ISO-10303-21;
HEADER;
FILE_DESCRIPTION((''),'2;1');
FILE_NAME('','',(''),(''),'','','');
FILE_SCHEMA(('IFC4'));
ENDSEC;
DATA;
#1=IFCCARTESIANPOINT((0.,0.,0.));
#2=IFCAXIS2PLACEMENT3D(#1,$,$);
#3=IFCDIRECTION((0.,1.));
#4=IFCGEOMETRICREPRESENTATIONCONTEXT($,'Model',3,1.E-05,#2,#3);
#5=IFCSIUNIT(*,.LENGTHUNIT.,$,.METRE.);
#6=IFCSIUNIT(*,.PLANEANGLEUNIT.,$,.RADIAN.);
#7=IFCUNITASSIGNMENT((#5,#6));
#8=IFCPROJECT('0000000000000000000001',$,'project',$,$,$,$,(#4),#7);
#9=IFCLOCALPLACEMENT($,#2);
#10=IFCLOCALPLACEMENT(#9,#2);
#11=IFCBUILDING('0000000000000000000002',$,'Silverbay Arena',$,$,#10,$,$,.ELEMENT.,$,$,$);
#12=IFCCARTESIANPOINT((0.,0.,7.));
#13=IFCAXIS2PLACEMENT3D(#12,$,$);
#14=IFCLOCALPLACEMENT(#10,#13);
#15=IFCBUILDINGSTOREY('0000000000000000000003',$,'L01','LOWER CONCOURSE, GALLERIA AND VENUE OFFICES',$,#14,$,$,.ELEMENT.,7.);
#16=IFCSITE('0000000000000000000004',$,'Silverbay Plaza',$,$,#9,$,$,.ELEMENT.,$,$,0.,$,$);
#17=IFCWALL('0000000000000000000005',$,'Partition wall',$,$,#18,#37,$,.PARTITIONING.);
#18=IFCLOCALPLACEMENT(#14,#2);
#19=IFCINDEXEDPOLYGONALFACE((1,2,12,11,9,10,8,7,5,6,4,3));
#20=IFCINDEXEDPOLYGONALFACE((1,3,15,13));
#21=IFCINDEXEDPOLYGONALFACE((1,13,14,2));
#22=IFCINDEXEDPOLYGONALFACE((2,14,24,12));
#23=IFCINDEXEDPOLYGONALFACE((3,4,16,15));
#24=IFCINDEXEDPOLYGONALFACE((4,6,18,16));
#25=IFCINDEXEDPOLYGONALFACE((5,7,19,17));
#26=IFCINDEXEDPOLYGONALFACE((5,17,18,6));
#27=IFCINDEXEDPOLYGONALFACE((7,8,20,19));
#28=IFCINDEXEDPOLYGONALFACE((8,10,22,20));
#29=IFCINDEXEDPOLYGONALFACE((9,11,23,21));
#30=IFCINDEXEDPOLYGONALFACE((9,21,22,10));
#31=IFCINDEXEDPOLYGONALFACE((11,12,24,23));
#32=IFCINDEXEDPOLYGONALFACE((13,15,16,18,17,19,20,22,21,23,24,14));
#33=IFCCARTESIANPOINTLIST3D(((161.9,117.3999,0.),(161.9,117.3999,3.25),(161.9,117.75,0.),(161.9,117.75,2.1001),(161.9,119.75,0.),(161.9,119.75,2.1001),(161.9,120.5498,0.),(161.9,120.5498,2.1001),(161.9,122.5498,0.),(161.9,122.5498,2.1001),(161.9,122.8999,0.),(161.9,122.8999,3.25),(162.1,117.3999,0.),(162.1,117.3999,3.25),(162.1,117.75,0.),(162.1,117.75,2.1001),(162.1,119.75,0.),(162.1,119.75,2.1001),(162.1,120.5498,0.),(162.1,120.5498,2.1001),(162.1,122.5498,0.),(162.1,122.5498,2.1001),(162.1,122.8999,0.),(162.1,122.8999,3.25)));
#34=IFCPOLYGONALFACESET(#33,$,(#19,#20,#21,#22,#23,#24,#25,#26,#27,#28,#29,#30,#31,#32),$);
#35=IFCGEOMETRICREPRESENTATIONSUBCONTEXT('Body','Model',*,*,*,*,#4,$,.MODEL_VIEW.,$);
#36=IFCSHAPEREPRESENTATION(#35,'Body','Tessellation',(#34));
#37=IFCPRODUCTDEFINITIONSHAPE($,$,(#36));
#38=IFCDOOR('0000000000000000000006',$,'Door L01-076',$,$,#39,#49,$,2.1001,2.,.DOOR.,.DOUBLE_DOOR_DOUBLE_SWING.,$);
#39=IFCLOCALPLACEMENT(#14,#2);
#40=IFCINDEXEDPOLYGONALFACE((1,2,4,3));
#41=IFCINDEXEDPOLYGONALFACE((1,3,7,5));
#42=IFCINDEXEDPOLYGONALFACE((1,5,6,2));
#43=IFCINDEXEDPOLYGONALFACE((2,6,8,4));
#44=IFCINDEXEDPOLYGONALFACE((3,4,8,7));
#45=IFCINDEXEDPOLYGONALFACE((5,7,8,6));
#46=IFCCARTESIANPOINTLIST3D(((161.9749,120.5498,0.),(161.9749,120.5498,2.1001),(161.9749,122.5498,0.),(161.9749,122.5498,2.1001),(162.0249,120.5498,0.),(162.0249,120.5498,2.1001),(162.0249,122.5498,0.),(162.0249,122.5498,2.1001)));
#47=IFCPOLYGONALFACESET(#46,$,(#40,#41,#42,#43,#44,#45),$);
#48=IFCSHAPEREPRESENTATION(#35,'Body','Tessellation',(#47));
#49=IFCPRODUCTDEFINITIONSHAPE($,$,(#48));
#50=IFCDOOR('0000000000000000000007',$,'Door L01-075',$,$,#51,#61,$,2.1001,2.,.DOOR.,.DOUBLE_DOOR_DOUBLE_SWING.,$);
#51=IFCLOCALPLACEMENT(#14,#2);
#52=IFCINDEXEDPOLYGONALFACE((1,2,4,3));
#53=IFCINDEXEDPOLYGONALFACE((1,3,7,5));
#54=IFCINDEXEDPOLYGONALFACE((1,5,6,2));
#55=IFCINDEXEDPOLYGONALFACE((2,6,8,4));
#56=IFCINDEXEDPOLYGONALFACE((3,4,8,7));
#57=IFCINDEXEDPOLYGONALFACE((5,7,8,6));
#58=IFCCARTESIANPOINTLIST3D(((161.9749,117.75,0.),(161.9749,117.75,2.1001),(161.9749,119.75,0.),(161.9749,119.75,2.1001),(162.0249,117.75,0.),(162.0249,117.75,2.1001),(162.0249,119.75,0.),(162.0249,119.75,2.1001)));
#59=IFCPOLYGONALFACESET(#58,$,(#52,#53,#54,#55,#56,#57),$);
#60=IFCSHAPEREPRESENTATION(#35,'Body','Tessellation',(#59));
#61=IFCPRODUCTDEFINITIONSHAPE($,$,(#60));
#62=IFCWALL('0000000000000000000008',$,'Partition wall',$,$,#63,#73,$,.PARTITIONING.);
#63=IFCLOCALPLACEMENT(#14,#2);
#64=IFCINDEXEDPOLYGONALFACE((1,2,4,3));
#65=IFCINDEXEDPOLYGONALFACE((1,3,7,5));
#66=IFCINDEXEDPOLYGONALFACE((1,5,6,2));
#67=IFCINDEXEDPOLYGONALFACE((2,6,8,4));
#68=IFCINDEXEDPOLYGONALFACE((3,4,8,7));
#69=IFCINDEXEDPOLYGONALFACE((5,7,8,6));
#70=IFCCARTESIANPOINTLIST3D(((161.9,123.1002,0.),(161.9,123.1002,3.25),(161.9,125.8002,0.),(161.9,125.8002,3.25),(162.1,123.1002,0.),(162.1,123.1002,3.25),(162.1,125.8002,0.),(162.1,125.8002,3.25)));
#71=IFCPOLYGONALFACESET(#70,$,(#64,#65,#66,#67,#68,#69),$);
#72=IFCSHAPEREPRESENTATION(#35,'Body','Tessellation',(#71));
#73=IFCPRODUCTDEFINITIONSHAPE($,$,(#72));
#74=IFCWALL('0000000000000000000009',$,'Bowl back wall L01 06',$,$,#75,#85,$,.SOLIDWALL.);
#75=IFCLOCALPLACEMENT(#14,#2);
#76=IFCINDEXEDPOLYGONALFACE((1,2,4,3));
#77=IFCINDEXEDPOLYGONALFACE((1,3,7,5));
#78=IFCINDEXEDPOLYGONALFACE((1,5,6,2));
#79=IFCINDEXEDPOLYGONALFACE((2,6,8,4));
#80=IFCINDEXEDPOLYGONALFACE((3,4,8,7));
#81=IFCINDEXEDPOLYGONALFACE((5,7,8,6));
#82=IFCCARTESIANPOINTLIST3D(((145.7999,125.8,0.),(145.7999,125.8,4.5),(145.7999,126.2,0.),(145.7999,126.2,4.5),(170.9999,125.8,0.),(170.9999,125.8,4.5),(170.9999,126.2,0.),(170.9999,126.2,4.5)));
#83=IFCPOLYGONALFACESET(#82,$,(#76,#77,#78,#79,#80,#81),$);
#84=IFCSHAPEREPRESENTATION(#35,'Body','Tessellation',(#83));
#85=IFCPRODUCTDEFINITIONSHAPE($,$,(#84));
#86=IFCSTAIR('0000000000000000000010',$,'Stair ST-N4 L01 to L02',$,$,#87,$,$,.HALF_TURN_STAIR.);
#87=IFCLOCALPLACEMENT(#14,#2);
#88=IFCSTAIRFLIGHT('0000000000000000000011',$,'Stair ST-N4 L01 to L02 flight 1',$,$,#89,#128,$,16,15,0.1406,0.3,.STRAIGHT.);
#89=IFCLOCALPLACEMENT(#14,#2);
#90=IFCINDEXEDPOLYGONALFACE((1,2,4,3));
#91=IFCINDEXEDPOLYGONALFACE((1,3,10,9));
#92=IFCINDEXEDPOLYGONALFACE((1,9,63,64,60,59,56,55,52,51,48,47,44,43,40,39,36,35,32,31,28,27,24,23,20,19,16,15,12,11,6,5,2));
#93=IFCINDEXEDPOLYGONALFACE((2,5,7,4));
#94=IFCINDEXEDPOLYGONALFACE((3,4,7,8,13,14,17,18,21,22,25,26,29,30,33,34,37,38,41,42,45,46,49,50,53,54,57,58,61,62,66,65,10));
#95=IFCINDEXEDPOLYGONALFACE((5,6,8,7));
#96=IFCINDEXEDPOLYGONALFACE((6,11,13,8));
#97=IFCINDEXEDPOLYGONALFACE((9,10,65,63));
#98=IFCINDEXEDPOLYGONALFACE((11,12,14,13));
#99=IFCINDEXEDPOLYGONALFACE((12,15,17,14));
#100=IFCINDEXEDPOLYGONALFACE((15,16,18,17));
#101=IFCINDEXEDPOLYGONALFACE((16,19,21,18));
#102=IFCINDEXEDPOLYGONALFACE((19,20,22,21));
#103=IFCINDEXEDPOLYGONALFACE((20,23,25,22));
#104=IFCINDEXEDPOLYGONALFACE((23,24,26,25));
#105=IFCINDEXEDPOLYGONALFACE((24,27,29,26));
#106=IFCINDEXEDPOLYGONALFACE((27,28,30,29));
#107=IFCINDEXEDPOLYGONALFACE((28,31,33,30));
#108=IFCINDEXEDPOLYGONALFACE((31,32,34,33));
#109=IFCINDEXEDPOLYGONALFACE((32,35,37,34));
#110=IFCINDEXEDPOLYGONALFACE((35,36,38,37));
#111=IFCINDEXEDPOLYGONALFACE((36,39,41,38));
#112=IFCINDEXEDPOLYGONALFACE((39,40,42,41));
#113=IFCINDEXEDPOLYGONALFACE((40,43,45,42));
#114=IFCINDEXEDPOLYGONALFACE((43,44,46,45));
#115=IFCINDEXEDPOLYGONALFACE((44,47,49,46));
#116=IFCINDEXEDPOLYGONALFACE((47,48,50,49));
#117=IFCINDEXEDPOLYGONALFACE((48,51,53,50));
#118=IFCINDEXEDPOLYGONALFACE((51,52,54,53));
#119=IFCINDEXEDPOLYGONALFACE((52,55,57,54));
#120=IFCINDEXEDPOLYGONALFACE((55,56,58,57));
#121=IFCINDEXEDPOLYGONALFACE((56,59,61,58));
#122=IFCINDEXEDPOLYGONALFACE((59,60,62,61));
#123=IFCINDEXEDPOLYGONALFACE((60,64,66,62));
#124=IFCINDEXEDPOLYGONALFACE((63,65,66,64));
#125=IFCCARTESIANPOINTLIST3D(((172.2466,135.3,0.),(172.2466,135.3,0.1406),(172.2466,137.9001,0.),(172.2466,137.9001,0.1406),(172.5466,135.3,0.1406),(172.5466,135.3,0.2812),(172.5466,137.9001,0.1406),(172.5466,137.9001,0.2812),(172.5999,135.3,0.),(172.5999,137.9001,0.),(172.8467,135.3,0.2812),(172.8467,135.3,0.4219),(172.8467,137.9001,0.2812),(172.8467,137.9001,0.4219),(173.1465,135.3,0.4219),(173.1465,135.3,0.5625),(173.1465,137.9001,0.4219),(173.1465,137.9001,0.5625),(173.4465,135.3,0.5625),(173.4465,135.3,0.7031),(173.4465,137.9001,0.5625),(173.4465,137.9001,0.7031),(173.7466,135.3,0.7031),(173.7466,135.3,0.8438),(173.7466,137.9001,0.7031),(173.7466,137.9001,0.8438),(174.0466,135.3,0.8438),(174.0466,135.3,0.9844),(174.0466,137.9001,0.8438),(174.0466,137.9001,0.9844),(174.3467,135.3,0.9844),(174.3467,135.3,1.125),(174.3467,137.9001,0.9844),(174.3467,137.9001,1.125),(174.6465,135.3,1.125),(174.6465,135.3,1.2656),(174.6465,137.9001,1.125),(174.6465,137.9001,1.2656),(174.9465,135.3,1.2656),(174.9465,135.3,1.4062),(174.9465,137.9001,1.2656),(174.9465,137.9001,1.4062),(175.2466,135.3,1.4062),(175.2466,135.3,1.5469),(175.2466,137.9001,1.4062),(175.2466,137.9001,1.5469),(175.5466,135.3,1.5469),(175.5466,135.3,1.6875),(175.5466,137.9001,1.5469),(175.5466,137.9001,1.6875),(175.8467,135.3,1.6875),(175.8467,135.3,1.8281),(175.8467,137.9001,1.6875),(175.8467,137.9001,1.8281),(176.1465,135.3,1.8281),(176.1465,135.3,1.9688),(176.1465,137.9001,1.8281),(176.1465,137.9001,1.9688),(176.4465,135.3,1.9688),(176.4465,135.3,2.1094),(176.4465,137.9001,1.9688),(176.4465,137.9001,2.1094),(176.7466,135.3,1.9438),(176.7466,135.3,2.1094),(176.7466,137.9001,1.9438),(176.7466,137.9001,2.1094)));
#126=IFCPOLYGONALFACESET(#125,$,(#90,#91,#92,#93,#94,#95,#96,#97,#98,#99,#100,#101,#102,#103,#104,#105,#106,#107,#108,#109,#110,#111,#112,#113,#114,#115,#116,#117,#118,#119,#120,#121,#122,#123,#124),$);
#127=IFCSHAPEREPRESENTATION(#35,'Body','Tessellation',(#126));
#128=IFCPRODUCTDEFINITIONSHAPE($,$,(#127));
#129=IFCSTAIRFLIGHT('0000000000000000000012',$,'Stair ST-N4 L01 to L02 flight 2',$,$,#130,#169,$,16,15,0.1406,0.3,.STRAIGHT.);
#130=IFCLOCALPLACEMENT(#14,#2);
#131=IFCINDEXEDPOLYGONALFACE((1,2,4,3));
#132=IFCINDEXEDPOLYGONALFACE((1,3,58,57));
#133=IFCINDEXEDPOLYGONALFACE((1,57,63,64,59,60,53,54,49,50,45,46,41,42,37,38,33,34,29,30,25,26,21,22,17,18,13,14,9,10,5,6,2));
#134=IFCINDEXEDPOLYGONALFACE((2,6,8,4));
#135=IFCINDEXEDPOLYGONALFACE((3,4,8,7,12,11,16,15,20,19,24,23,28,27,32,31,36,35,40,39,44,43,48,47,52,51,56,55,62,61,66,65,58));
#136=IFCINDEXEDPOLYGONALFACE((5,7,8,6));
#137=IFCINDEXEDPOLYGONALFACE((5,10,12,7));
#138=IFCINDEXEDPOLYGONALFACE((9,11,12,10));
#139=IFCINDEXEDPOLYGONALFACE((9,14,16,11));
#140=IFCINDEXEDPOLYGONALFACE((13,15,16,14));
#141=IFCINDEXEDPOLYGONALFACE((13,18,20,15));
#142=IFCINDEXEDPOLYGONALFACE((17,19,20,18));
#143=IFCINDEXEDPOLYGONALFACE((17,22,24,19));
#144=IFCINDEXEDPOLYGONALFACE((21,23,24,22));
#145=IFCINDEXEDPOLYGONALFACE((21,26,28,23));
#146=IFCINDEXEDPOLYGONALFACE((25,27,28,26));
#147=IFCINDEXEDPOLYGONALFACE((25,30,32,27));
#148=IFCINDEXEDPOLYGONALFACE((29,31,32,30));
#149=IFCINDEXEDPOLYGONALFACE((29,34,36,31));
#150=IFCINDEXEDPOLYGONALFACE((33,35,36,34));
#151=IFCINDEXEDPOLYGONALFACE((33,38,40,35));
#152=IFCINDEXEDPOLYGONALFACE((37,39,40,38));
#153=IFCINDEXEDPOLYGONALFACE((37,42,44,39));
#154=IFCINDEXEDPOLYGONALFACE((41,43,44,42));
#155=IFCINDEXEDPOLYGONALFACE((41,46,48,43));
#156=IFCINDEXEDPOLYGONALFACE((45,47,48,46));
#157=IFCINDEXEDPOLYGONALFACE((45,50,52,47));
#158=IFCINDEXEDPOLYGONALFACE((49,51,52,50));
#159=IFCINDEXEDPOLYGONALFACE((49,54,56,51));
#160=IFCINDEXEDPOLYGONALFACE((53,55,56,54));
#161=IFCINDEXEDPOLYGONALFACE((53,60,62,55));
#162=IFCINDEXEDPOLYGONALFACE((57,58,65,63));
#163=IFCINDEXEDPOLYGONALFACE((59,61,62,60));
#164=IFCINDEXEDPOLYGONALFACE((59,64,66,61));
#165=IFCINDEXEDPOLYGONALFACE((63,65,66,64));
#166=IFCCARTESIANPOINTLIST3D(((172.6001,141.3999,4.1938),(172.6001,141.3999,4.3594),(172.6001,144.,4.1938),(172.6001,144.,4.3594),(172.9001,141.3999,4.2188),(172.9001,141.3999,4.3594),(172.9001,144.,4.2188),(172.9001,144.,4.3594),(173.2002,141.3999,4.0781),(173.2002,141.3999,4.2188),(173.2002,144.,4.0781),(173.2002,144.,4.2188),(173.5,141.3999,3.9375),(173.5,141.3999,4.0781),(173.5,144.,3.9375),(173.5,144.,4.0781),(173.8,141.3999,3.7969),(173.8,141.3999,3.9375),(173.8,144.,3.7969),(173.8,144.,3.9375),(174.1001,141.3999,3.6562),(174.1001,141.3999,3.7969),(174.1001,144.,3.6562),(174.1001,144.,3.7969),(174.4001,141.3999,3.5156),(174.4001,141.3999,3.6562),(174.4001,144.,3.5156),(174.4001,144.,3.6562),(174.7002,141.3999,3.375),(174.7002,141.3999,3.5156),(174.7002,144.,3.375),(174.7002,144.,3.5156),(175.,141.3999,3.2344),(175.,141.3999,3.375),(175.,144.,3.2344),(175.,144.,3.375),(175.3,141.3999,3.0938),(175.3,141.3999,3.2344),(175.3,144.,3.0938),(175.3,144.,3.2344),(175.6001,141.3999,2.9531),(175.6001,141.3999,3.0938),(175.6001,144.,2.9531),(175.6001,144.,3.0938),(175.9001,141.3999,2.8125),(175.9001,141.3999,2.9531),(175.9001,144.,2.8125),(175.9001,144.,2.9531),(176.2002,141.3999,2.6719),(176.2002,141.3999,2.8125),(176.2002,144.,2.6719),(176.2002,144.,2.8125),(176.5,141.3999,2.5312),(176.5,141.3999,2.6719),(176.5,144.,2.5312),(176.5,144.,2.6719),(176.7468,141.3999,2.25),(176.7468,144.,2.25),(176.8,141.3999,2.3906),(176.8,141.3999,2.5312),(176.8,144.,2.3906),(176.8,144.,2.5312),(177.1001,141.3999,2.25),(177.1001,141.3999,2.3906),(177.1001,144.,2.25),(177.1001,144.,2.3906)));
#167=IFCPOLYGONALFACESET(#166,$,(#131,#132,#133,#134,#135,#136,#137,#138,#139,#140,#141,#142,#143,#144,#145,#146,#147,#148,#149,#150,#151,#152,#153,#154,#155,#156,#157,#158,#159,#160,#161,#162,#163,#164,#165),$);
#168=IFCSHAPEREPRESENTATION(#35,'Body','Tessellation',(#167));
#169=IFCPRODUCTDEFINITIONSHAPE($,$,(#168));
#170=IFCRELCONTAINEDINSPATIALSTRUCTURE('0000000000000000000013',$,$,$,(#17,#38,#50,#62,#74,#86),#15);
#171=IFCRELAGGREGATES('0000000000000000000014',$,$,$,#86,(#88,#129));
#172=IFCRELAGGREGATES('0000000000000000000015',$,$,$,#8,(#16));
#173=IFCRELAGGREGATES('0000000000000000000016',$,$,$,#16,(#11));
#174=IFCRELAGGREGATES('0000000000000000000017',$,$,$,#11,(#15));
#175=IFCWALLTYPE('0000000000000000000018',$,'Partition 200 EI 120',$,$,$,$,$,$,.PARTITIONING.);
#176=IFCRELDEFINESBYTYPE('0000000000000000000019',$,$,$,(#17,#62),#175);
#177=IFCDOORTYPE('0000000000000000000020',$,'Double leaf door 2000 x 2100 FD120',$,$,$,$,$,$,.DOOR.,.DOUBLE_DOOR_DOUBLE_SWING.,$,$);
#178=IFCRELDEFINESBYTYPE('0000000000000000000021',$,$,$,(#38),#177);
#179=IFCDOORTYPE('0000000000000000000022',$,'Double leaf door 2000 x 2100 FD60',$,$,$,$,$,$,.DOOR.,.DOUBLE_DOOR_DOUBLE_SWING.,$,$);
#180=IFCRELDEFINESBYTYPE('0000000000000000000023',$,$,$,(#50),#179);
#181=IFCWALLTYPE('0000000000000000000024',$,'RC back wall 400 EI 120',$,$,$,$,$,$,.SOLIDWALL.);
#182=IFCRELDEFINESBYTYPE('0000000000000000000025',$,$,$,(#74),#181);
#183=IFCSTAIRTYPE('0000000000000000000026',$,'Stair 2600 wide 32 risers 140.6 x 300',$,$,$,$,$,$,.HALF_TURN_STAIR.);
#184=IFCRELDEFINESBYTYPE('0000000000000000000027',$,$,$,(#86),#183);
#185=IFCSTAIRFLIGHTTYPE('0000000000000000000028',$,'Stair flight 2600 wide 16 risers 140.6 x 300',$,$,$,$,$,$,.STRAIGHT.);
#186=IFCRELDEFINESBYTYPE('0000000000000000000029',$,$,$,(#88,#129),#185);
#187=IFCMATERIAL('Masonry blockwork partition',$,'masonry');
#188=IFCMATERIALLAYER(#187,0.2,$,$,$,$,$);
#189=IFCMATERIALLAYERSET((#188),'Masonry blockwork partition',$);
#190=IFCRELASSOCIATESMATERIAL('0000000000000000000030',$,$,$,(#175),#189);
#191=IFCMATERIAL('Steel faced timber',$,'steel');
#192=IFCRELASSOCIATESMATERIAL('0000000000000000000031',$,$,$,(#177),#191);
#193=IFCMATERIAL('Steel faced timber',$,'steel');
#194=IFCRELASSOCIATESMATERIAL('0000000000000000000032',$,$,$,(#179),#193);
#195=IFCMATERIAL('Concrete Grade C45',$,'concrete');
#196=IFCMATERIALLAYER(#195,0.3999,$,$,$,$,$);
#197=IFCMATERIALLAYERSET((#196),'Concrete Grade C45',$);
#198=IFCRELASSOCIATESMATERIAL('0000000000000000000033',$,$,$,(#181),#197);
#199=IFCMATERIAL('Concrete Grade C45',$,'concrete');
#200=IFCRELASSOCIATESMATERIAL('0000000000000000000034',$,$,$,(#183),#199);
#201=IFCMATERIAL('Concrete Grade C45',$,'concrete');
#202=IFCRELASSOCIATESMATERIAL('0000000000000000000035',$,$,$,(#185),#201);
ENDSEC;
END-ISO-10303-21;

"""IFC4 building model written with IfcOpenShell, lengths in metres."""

from ifc_helpers import new_model, si_unit, direction, frame, frame_2d, origin, place, context, subcontext, project, spatial, polyline, rectangle, outline, extrude, material, layer, layer_set, type_object, element, fill, aggregate, save


model = new_model("IFC4")

# Units and contexts
model_context = context("Model", 3, precision=1e-05, world=origin(), true_north=direction((0.0, 1.0)))
body_context = subcontext(model_context, "Body", "Model", "MODEL_VIEW")
ifc_project = project(units=[si_unit("LENGTHUNIT", "METRE"), si_unit("PLANEANGLEUNIT", "RADIAN")], contexts=[model_context])

# Site, building, storey
site_placement = place(None, origin())
site = spatial("IfcSite", under=ifc_project, at=site_placement, Name="Silverbay Plaza", CompositionType="ELEMENT", RefElevation=0.0)
building_placement = place(site_placement, origin())
building = spatial("IfcBuilding", under=site, at=building_placement, Name="Silverbay Arena", CompositionType="ELEMENT")
storey_placement = place(building_placement, frame((0.0, 0.0, 7.0)))
storey = spatial("IfcBuildingStorey", under=building, at=storey_placement, Name="L01", Description="LOWER CONCOURSE, GALLERIA AND VENUE OFFICES", CompositionType="ELEMENT", Elevation=7.0)

# Wall, openings, doors
ifc_material_1 = material(Name="Masonry blockwork partition", Category="masonry")
ifc_layer_1 = layer(ifc_material_1, 0.2)
ifc_layer_set_1 = layer_set([ifc_layer_1], Name="Masonry blockwork partition")
wall_type_1 = type_object("IfcWallType", Name="Partition 200 EI 120", PredefinedType="PARTITIONING", material=ifc_layer_set_1)
wall_1_placement = place(storey_placement, frame((162.0, 117.3999, 0.0), z_axis=(0.0, 0.0, 1.0), x_axis=(0.0, 1.0, 0.0)))
wall_1 = element("IfcWall", 1, at=wall_1_placement, inside=storey, type_object=wall_type_1, Name="Partition wall", PredefinedType="PARTITIONING", context=body_context, shape_type="SweptSolid", body=[
    extrude(rectangle(XDim=5.5, YDim=0.2, at=frame_2d((2.75, 0.0))), origin(), (0.0, 0.0, 1.0), 3.25),
])
opening_1_placement = place(wall_1_placement, frame((0.3501, 0.0, 0.0)))
opening_1 = element("IfcOpeningElement", 2, at=opening_1_placement, cuts=wall_1, PredefinedType="OPENING", context=body_context, shape_type="SweptSolid", body=[
    extrude(rectangle(XDim=2.0, YDim=2.1001, at=frame_2d((1.0, 1.05))), frame((0.0, 0.1099, 0.0), z_axis=(0.0, -1.0, 0.0), x_axis=(1.0, 0.0, 0.0)), (0.0, 0.0, 1.0), 0.22),
])
opening_2_placement = place(wall_1_placement, frame((3.1499, 0.0, 0.0)))
opening_2 = element("IfcOpeningElement", 3, at=opening_2_placement, cuts=wall_1, PredefinedType="OPENING", context=body_context, shape_type="SweptSolid", body=[
    extrude(rectangle(XDim=2.0, YDim=2.1001, at=frame_2d((1.0, 1.05))), frame((0.0, 0.1099, 0.0), z_axis=(0.0, -1.0, 0.0), x_axis=(1.0, 0.0, 0.0)), (0.0, 0.0, 1.0), 0.22),
])
ifc_material_2 = material(Name="Steel faced timber", Category="steel")
door_type_1 = type_object("IfcDoorType", Name="Double leaf door 2000 x 2100 FD120", OperationType="DOUBLE_DOOR_DOUBLE_SWING", PredefinedType="DOOR", material=ifc_material_2)
door_1_placement = place(opening_2_placement, frame((2.0, 0.0, 0.0), z_axis=(0.0, 0.0, 1.0), x_axis=(-1.0, 0.0, 0.0)))
door_1 = element("IfcDoor", 4, at=door_1_placement, inside=storey, type_object=door_type_1, Name="Door L01-076", OperationType="DOUBLE_DOOR_DOUBLE_SWING", OverallHeight=2.1001, OverallWidth=2.0, PredefinedType="DOOR", context=body_context, shape_type="SweptSolid", body=[
    extrude(rectangle(XDim=2.0, YDim=2.1001, at=frame_2d((1.0, 1.05))), frame((0.0, 0.0249, 0.0), z_axis=(0.0, -1.0, 0.0), x_axis=(1.0, 0.0, 0.0)), (0.0, 0.0, 1.0), 0.05),
])
fill(opening_2, door_1)
ifc_material_3 = material(Name="Steel faced timber", Category="steel")
door_type_2 = type_object("IfcDoorType", Name="Double leaf door 2000 x 2100 FD60", OperationType="DOUBLE_DOOR_DOUBLE_SWING", PredefinedType="DOOR", material=ifc_material_3)
door_2_placement = place(opening_1_placement, frame((2.0, 0.0, 0.0), z_axis=(0.0, 0.0, 1.0), x_axis=(-1.0, 0.0, 0.0)))
door_2 = element("IfcDoor", 5, at=door_2_placement, inside=storey, type_object=door_type_2, Name="Door L01-075", OperationType="DOUBLE_DOOR_DOUBLE_SWING", OverallHeight=2.1001, OverallWidth=2.0, PredefinedType="DOOR", context=body_context, shape_type="SweptSolid", body=[
    extrude(rectangle(XDim=2.0, YDim=2.1001, at=frame_2d((1.0, 1.05))), frame((0.0, 0.0249, 0.0), z_axis=(0.0, -1.0, 0.0), x_axis=(1.0, 0.0, 0.0)), (0.0, 0.0, 1.0), 0.05),
])
fill(opening_1, door_2)

# Walls
wall_2_placement = place(storey_placement, frame((162.0, 123.1001, 0.0), z_axis=(0.0, 0.0, 1.0), x_axis=(0.0, 1.0, 0.0)))
element("IfcWall", 6, at=wall_2_placement, inside=storey, type_object=wall_type_1, Name="Partition wall", PredefinedType="PARTITIONING", context=body_context, shape_type="SweptSolid", body=[
    extrude(rectangle(XDim=2.7, YDim=0.2, at=frame_2d((1.3501, 0.0))), origin(), (0.0, 0.0, 1.0), 3.25),
])
ifc_material_4 = material(Name="Concrete Grade C45", Category="concrete")
ifc_layer_2 = layer(ifc_material_4, 0.3999)
ifc_layer_set_2 = layer_set([ifc_layer_2], Name="Concrete Grade C45")
wall_type_2 = type_object("IfcWallType", Name="RC back wall 400 EI 120", PredefinedType="SOLIDWALL", material=ifc_layer_set_2)
wall_3_placement = place(storey_placement, frame((171.0, 126.0, 0.0), z_axis=(0.0, 0.0, 1.0), x_axis=(-1.0, 0.0, 0.0)))
element("IfcWall", 7, at=wall_3_placement, inside=storey, type_object=wall_type_2, Name="Bowl back wall L01 06", PredefinedType="SOLIDWALL", context=body_context, shape_type="SweptSolid", body=[
    extrude(rectangle(XDim=25.2, YDim=0.3999, at=frame_2d((12.6001, 0.0))), origin(), (0.0, 0.0, 1.0), 4.5),
])

# Stair, stair flights
ifc_material_5 = material(Name="Concrete Grade C45", Category="concrete")
stair_type = type_object("IfcStairType", Name="Stair 2600 wide 32 risers 140.6 x 300", PredefinedType="HALF_TURN_STAIR", material=ifc_material_5)
stair_1_placement = place(storey_placement, origin())
stair_1 = element("IfcStair", 8, at=stair_1_placement, inside=storey, type_object=stair_type, Name="Stair ST-N4 L01 to L02", PredefinedType="HALF_TURN_STAIR")
ifc_material_6 = material(Name="Concrete Grade C45", Category="concrete")
stair_flight_type = type_object("IfcStairFlightType", Name="Stair flight 2600 wide 16 risers 140.6 x 300", PredefinedType="STRAIGHT", material=ifc_material_6)
stair_flight_1_placement = place(storey_placement, frame((172.2466, 136.6001, 0.0), z_axis=(0.0, 0.0, 1.0), x_axis=(1.0, 0.0, 0.0)))
stair_flight_1 = element("IfcStairFlight", 9, at=stair_flight_1_placement, type_object=stair_flight_type, Name="Stair ST-N4 L01 to L02 flight 1", NumberOfRisers=16, NumberOfTreads=15, PredefinedType="STRAIGHT", RiserHeight=0.1406, TreadLength=0.3, context=body_context, shape_type="SweptSolid", body=[
    extrude(outline(polyline([(0.0, 0.0), (0.0, 0.1406), (0.3, 0.1406), (0.3, 0.2812), (0.6001, 0.2812), (0.6001, 0.4219), (0.8999, 0.4219), (0.8999, 0.5625), (1.2, 0.5625), (1.2, 0.7031), (1.5, 0.7031), (1.5, 0.8438), (1.8, 0.8438), (1.8, 0.9844), (2.1001, 0.9844), (2.1001, 1.125), (2.3999, 1.125), (2.3999, 1.2656), (2.7, 1.2656), (2.7, 1.4062), (3.0, 1.4062), (3.0, 1.5469), (3.3, 1.5469), (3.3, 1.6875), (3.6001, 1.6875), (3.6001, 1.8281), (3.8999, 1.8281), (3.8999, 1.9688), (4.2, 1.9688), (4.2, 2.1094), (4.5, 2.1094), (4.5, 1.9438), (0.3533, 0.0), (0.0, 0.0)])), frame((0.0, 1.3, 0.0), z_axis=(0.0, -1.0, 0.0), x_axis=(1.0, 0.0, 0.0)), (0.0, 0.0, 1.0), 2.6001),
])
stair_flight_2_placement = place(storey_placement, frame((177.1001, 142.7, 2.25), z_axis=(0.0, 0.0, 1.0), x_axis=(-1.0, 0.0, 0.0)))
stair_flight_2 = element("IfcStairFlight", 10, at=stair_flight_2_placement, type_object=stair_flight_type, Name="Stair ST-N4 L01 to L02 flight 2", NumberOfRisers=16, NumberOfTreads=15, PredefinedType="STRAIGHT", RiserHeight=0.1406, TreadLength=0.3, context=body_context, shape_type="SweptSolid", body=[
    extrude(outline(polyline([(0.0, 0.0), (0.0, 0.1406), (0.3, 0.1406), (0.3, 0.2812), (0.6001, 0.2812), (0.6001, 0.4219), (0.8999, 0.4219), (0.8999, 0.5625), (1.2, 0.5625), (1.2, 0.7031), (1.5, 0.7031), (1.5, 0.8438), (1.8, 0.8438), (1.8, 0.9844), (2.1001, 0.9844), (2.1001, 1.125), (2.3999, 1.125), (2.3999, 1.2656), (2.7, 1.2656), (2.7, 1.4062), (3.0, 1.4062), (3.0, 1.5469), (3.3, 1.5469), (3.3, 1.6875), (3.6001, 1.6875), (3.6001, 1.8281), (3.8999, 1.8281), (3.8999, 1.9688), (4.2, 1.9688), (4.2, 2.1094), (4.5, 2.1094), (4.5, 1.9438), (0.3533, 0.0), (0.0, 0.0)])), frame((0.0, 1.3, 0.0), z_axis=(0.0, -1.0, 0.0), x_axis=(1.0, 0.0, 0.0)), (0.0, 0.0, 1.0), 2.6001),
])
aggregate(stair_1, [stair_flight_1, stair_flight_2])

save(model, "model.ifc")
